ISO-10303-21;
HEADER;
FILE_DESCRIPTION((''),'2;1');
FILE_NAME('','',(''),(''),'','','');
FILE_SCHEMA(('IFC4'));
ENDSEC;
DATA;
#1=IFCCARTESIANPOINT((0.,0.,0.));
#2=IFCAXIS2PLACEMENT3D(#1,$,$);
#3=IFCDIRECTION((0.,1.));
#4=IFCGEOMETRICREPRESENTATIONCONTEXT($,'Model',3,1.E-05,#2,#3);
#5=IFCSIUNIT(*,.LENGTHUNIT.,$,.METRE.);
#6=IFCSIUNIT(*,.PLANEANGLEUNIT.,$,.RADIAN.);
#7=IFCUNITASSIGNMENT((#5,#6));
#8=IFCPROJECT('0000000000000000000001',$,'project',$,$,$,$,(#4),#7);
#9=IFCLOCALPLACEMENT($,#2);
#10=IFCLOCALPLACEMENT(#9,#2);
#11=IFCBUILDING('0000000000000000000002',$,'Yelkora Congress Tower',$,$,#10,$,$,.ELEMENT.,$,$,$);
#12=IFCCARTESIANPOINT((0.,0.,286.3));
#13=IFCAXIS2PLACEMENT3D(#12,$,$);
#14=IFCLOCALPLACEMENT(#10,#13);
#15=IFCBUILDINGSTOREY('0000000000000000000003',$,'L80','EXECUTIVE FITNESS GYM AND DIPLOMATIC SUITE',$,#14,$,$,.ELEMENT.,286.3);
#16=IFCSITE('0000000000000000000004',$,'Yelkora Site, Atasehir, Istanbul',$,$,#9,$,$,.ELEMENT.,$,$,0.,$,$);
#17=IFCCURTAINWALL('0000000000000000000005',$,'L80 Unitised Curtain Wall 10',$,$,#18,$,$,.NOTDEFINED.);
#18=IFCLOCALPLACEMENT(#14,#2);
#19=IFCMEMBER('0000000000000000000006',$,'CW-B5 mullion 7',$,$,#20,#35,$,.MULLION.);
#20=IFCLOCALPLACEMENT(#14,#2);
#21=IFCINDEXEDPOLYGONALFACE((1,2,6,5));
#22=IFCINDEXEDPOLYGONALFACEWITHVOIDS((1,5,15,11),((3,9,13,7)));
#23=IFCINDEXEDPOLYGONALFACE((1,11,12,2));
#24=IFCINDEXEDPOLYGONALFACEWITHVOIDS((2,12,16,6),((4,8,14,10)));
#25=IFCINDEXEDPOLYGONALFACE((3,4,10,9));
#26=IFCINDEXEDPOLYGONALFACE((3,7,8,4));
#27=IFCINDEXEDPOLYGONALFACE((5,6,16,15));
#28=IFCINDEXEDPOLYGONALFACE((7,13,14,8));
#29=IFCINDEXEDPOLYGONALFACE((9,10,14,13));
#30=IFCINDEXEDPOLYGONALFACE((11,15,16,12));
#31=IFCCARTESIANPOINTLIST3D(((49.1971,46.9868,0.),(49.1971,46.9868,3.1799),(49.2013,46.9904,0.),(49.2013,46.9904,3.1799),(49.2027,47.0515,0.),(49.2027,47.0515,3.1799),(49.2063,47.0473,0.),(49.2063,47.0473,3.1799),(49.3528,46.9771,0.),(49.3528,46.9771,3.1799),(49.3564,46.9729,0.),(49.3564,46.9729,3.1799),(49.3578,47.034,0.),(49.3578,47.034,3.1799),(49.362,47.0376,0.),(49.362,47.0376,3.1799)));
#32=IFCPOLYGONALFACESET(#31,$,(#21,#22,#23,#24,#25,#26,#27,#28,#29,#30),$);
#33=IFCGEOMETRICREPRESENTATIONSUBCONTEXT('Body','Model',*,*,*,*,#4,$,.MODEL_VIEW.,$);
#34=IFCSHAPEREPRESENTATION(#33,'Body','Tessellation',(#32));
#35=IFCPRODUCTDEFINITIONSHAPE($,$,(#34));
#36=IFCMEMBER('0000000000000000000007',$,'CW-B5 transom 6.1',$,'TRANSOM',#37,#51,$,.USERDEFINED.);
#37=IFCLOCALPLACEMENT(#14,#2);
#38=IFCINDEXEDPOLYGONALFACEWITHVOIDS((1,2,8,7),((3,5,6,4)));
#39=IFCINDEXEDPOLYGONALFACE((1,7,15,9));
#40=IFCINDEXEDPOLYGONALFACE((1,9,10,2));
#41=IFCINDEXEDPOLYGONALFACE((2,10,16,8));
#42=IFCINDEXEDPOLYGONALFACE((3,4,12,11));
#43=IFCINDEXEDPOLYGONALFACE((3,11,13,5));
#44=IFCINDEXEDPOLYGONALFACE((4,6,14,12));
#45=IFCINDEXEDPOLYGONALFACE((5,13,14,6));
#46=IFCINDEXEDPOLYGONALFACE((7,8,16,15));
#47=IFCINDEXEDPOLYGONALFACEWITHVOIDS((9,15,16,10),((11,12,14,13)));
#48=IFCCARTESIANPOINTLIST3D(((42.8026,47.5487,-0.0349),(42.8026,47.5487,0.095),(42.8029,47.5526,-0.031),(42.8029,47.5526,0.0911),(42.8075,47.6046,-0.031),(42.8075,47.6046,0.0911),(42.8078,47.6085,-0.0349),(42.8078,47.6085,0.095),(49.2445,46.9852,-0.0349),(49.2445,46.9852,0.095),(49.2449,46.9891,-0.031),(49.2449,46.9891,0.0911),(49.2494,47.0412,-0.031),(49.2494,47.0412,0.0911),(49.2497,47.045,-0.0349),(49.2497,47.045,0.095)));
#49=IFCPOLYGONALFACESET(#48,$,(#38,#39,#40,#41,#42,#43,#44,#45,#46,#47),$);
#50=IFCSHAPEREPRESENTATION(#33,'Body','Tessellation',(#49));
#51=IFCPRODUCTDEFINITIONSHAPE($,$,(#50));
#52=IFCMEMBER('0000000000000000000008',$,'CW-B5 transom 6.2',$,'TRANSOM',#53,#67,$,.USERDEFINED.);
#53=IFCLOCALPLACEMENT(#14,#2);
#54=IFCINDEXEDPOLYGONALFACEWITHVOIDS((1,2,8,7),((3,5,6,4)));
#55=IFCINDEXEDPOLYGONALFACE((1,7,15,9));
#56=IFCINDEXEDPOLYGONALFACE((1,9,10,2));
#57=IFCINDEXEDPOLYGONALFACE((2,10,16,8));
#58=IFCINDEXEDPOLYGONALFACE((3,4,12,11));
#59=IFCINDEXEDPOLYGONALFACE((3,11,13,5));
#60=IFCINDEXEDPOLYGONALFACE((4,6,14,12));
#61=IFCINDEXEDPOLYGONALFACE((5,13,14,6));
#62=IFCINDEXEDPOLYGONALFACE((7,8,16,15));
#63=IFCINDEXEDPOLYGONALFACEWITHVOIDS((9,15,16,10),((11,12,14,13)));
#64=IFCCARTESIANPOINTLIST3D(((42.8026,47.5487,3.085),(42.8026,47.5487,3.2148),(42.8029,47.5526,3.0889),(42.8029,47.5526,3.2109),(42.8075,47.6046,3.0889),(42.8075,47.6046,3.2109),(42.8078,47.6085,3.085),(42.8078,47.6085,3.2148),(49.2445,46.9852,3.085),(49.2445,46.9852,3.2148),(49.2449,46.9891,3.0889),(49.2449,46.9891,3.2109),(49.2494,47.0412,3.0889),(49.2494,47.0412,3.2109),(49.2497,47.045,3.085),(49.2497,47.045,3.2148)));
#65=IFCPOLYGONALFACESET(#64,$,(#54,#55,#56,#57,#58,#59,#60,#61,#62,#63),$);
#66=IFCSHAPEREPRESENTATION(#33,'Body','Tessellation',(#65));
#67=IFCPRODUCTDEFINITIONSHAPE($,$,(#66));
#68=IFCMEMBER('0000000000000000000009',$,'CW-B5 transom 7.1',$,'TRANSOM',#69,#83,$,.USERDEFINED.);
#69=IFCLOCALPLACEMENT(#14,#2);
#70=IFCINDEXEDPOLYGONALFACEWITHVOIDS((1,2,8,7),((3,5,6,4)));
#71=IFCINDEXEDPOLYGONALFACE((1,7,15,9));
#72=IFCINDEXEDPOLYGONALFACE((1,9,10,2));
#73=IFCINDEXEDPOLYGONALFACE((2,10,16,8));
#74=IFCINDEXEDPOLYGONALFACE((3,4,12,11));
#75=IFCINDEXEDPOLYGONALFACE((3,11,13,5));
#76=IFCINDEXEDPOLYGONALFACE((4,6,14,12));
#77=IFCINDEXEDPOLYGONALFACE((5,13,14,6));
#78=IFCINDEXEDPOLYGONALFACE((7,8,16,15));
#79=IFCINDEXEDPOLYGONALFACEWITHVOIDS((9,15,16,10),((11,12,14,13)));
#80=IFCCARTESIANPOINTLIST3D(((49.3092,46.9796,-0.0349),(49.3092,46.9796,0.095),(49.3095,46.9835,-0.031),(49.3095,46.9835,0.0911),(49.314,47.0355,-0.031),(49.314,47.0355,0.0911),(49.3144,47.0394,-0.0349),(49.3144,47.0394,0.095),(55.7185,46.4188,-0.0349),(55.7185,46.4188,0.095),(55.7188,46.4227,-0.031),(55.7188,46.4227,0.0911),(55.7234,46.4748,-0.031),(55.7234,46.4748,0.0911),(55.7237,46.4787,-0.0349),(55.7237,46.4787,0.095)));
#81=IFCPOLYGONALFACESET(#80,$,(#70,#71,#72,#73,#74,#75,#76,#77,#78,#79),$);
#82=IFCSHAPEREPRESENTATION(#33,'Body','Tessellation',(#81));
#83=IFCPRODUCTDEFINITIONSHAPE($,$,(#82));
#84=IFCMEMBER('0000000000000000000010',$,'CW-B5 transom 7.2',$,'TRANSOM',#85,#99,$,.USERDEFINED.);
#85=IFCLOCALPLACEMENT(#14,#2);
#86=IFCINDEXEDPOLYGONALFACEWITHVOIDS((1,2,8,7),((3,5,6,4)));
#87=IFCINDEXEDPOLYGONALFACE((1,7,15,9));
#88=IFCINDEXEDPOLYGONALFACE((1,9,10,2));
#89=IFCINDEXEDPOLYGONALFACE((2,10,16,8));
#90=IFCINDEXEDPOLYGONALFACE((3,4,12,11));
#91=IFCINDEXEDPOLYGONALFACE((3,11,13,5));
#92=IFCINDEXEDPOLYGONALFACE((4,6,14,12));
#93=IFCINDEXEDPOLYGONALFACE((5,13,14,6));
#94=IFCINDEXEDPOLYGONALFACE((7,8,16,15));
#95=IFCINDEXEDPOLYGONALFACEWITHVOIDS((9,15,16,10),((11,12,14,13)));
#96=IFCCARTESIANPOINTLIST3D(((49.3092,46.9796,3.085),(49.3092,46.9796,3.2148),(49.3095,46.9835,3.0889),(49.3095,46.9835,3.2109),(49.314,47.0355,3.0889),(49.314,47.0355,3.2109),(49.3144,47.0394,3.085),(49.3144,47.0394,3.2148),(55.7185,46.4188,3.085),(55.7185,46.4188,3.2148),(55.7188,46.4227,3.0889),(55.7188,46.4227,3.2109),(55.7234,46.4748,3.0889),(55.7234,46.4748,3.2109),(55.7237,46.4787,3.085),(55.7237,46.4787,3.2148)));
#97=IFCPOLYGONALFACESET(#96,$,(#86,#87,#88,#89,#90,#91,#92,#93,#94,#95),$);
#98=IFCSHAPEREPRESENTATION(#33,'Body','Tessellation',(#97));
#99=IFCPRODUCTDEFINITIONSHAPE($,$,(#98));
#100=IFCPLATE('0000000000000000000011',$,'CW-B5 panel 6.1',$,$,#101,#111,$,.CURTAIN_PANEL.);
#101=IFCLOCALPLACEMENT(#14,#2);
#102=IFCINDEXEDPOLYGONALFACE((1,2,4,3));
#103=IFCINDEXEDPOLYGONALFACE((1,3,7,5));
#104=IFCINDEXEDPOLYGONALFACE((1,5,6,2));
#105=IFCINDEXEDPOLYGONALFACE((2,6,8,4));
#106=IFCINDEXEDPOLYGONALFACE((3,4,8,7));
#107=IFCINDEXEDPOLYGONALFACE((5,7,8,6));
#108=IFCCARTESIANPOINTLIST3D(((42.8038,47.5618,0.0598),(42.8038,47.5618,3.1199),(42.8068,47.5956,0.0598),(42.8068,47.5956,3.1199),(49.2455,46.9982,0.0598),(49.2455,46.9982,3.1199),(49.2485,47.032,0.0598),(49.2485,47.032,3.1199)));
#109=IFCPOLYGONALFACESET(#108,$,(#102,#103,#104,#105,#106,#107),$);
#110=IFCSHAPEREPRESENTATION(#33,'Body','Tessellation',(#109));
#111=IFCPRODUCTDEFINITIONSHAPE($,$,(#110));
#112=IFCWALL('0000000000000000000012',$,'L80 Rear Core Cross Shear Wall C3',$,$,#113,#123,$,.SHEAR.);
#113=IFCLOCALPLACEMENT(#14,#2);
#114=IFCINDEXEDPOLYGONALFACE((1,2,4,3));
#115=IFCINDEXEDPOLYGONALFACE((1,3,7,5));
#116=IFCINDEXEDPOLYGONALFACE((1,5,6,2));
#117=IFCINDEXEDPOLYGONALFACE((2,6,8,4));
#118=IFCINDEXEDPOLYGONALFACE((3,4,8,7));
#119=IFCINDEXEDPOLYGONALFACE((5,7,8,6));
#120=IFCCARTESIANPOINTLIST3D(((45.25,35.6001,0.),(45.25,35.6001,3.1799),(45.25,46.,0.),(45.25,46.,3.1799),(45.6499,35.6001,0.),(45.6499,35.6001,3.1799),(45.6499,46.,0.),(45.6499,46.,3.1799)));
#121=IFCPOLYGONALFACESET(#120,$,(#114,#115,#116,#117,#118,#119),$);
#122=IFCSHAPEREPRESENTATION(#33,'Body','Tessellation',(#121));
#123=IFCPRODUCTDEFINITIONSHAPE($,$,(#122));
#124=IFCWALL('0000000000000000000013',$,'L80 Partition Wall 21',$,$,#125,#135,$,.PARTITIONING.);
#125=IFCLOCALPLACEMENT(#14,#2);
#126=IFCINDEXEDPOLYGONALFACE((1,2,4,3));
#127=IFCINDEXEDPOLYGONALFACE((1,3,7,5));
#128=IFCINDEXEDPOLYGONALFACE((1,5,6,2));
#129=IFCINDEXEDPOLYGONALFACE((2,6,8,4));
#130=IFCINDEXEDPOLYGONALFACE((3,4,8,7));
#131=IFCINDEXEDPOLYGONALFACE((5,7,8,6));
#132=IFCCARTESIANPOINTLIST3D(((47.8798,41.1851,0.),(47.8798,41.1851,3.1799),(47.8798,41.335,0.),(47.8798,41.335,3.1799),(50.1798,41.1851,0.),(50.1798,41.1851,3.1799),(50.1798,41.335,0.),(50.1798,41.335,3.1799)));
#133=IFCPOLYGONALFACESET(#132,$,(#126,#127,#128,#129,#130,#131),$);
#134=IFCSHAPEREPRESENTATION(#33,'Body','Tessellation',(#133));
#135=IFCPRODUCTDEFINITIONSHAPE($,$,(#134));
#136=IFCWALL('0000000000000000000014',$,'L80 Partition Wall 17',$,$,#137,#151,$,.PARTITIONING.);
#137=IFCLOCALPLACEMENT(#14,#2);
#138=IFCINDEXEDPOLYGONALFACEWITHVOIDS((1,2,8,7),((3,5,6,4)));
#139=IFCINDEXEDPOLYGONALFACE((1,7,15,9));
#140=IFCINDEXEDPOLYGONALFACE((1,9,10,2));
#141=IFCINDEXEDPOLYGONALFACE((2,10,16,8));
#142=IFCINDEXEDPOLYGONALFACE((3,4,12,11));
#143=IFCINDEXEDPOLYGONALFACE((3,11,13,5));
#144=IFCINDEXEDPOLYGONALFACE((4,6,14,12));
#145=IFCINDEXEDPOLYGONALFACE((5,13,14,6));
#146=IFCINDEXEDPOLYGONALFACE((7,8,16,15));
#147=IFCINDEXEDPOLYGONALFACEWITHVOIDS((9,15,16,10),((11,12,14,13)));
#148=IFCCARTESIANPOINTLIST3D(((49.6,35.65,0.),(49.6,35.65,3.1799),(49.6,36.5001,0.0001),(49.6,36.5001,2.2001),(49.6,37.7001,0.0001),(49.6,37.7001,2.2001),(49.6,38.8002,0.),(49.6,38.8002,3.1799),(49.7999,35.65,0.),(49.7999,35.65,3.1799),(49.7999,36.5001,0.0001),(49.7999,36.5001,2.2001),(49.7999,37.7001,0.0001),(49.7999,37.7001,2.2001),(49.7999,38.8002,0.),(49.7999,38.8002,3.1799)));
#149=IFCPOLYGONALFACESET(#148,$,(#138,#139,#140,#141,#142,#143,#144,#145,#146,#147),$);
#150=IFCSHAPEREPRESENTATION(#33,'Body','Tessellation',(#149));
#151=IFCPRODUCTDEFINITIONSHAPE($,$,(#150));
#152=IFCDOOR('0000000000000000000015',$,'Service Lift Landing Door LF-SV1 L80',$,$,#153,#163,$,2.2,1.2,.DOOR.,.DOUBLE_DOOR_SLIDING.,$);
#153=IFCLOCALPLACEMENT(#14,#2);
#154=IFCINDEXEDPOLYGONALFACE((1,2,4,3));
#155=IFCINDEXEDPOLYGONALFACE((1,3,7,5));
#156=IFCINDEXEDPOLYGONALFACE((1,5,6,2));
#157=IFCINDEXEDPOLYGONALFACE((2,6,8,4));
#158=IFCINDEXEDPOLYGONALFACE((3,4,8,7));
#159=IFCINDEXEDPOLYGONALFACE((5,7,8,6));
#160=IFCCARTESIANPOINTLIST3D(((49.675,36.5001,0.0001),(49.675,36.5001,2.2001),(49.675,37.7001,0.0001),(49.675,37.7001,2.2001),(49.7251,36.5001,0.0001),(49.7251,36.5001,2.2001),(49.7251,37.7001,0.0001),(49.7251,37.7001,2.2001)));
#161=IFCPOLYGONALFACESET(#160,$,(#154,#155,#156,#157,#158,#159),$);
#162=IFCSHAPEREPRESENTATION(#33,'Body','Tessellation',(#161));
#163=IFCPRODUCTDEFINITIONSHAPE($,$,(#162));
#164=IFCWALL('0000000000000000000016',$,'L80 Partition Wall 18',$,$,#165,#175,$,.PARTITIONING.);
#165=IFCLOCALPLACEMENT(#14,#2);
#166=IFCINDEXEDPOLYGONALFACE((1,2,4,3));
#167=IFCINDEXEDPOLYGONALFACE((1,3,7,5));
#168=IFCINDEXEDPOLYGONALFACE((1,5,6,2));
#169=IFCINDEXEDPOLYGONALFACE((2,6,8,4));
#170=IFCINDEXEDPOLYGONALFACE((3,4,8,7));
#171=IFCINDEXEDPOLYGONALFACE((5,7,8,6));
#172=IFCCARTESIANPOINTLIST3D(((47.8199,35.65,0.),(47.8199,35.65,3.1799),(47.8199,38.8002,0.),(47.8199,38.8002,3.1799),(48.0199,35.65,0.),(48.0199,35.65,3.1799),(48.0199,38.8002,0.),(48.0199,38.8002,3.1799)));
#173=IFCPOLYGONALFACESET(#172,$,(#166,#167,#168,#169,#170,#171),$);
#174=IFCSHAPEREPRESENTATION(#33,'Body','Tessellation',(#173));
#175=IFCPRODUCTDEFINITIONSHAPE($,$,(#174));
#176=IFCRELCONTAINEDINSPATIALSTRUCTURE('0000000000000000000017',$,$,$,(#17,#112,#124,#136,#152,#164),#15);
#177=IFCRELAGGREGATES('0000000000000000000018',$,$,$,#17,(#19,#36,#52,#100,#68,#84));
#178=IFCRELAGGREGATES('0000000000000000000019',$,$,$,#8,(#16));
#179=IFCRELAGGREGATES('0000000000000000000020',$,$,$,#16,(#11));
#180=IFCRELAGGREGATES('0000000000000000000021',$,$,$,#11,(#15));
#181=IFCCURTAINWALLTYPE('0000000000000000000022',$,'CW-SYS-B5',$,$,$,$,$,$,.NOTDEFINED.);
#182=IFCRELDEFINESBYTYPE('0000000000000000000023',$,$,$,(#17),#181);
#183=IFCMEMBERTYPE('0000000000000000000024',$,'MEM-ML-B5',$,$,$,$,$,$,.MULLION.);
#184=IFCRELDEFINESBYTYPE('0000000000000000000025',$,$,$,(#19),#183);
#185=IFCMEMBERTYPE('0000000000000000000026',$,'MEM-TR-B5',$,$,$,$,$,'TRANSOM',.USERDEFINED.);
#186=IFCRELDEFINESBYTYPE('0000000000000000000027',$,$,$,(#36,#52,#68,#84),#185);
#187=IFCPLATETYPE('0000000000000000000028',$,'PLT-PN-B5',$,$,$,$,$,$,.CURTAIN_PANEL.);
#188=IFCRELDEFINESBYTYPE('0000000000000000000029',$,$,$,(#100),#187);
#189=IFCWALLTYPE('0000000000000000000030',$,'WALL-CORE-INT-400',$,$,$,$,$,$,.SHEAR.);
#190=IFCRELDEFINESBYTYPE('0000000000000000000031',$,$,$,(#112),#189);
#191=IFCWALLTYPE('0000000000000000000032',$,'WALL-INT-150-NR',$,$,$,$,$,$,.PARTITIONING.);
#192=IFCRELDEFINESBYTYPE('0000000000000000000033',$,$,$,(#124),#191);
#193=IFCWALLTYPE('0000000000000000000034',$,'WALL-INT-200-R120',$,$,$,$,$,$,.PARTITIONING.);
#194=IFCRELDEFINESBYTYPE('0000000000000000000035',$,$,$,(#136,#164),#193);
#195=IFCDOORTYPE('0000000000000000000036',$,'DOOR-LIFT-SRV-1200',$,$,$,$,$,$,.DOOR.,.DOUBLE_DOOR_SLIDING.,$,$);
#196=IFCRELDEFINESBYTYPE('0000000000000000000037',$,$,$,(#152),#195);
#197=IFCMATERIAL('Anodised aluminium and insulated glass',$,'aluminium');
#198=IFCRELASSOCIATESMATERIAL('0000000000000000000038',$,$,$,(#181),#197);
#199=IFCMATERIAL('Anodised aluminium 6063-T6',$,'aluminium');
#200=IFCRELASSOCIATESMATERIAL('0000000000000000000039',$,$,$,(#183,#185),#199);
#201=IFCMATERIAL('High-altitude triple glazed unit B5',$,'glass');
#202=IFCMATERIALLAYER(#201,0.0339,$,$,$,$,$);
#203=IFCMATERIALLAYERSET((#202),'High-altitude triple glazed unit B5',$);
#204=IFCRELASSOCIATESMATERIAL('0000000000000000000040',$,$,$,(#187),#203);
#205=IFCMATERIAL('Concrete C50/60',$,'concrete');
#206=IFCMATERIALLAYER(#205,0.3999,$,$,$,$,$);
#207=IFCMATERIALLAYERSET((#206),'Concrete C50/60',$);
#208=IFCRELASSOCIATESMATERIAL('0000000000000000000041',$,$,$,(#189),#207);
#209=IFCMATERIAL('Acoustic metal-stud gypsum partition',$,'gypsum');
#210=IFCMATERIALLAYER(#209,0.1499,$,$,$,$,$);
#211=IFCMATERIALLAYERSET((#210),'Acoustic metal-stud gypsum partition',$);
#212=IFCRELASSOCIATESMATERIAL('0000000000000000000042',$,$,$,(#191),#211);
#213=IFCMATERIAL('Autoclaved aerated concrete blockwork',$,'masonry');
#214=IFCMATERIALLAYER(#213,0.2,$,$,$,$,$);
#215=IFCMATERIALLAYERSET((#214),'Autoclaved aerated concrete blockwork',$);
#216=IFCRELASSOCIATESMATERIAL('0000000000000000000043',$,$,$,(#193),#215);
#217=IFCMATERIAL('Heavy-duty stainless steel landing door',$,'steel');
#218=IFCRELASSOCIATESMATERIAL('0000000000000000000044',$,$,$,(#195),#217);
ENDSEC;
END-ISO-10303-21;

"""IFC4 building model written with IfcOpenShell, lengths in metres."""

from ifc_helpers import new_model, si_unit, direction, frame, frame_2d, origin, origin_2d, place, context, subcontext, project, spatial, rectangle, hollow_rectangle, extrude, material, layer, layer_set, material_profile, profile_set, type_object, element, fill, aggregate, save


model = new_model("IFC4")

# Units and contexts
model_context = context("Model", 3, precision=1e-05, world=origin(), true_north=direction((0.0, 1.0)))
body_context = subcontext(model_context, "Body", "Model", "MODEL_VIEW")
ifc_project = project(units=[si_unit("LENGTHUNIT", "METRE"), si_unit("PLANEANGLEUNIT", "RADIAN")], contexts=[model_context])

# Site, building, storey
site_placement = place(None, origin())
site = spatial("IfcSite", under=ifc_project, at=site_placement, Name="Yelkora Site, Atasehir, Istanbul", CompositionType="ELEMENT", RefElevation=0.0)
building_placement = place(site_placement, origin())
building = spatial("IfcBuilding", under=site, at=building_placement, Name="Yelkora Congress Tower", CompositionType="ELEMENT")
storey_placement = place(building_placement, frame((0.0, 0.0, 286.3)))
storey = spatial("IfcBuildingStorey", under=building, at=storey_placement, Name="L80", Description="EXECUTIVE FITNESS GYM AND DIPLOMATIC SUITE", CompositionType="ELEMENT", Elevation=286.3)

# Curtain wall, members, plate
ifc_material_1 = material(Name="Anodised aluminium and insulated glass", Category="aluminium")
curtain_wall_type = type_object("IfcCurtainWallType", Name="CW-SYS-B5", PredefinedType="NOTDEFINED", material=ifc_material_1)
curtain_wall_placement = place(storey_placement, origin())
curtain_wall = element("IfcCurtainWall", 1, at=curtain_wall_placement, inside=storey, type_object=curtain_wall_type, Name="L80 Unitised Curtain Wall 10", PredefinedType="NOTDEFINED")
ifc_material_2 = material(Name="Anodised aluminium 6063-T6", Category="aluminium")
ifc_material_profile_1 = material_profile(ifc_material_2, hollow_rectangle(XDim=0.0649, YDim=0.1599, WallThickness=0.0039, at=origin_2d()), Name="ALU 65x160x4")
ifc_profile_set_1 = profile_set([ifc_material_profile_1], Name="Anodised aluminium 6063-T6")
member_type_1 = type_object("IfcMemberType", Name="MEM-ML-B5", PredefinedType="MULLION", material=ifc_profile_set_1)
member_1_placement = place(storey_placement, frame((49.2795, 47.0122, 0.0), z_axis=(0.0, 0.0, 1.0), x_axis=(0.087157, 0.996195, 0.0)))
member_1 = element("IfcMember", 2, at=member_1_placement, type_object=member_type_1, Name="CW-B5 mullion 7", PredefinedType="MULLION", context=body_context, shape_type="SweptSolid", body=[
    extrude(hollow_rectangle(XDim=0.0649, YDim=0.1599, WallThickness=0.0039, at=origin_2d()), origin(), (0.0, 0.0, 1.0), 3.1799),
])
ifc_material_profile_2 = material_profile(ifc_material_2, hollow_rectangle(XDim=0.0601, YDim=0.1299, WallThickness=0.0039, at=origin_2d()), Name="ALU 60x130x4")
ifc_profile_set_2 = profile_set([ifc_material_profile_2], Name="Anodised aluminium 6063-T6")
member_type_2 = type_object("IfcMemberType", Name="MEM-TR-B5", ElementType="TRANSOM", PredefinedType="USERDEFINED", material=ifc_profile_set_2)
member_2_placement = place(storey_placement, frame((42.8052, 47.5786, 0.03), z_axis=(0.996196, -0.087138, 0.0), x_axis=(0.087138, 0.996196, 0.0)))
member_2 = element("IfcMember", 3, at=member_2_placement, type_object=member_type_2, Name="CW-B5 transom 6.1", ObjectType="TRANSOM", PredefinedType="USERDEFINED", context=body_context, shape_type="SweptSolid", body=[
    extrude(hollow_rectangle(XDim=0.0601, YDim=0.1299, WallThickness=0.0039, at=origin_2d()), origin(), (0.0, 0.0, 1.0), 6.4666),
])
member_3_placement = place(storey_placement, frame((42.8052, 47.5786, 3.1499), z_axis=(0.996196, -0.087138, 0.0), x_axis=(0.087138, 0.996196, 0.0)))
member_3 = element("IfcMember", 4, at=member_3_placement, type_object=member_type_2, Name="CW-B5 transom 6.2", ObjectType="TRANSOM", PredefinedType="USERDEFINED", context=body_context, shape_type="SweptSolid", body=[
    extrude(hollow_rectangle(XDim=0.0601, YDim=0.1299, WallThickness=0.0039, at=origin_2d()), origin(), (0.0, 0.0, 1.0), 6.4666),
])
member_4_placement = place(storey_placement, frame((49.3118, 47.0095, 0.03), z_axis=(0.996194, -0.087162, 0.0), x_axis=(0.087162, 0.996194, 0.0)))
member_4 = element("IfcMember", 5, at=member_4_placement, type_object=member_type_2, Name="CW-B5 transom 7.1", ObjectType="TRANSOM", PredefinedType="USERDEFINED", context=body_context, shape_type="SweptSolid", body=[
    extrude(hollow_rectangle(XDim=0.0601, YDim=0.1299, WallThickness=0.0039, at=origin_2d()), origin(), (0.0, 0.0, 1.0), 6.4338),
])
member_5_placement = place(storey_placement, frame((49.3118, 47.0095, 3.1499), z_axis=(0.996194, -0.087162, 0.0), x_axis=(0.087162, 0.996194, 0.0)))
member_5 = element("IfcMember", 6, at=member_5_placement, type_object=member_type_2, Name="CW-B5 transom 7.2", ObjectType="TRANSOM", PredefinedType="USERDEFINED", context=body_context, shape_type="SweptSolid", body=[
    extrude(hollow_rectangle(XDim=0.0601, YDim=0.1299, WallThickness=0.0039, at=origin_2d()), origin(), (0.0, 0.0, 1.0), 6.4338),
])
ifc_material_3 = material(Name="High-altitude triple glazed unit B5", Category="glass")
ifc_layer_1 = layer(ifc_material_3, 0.0339)
ifc_layer_set_1 = layer_set([ifc_layer_1], Name="High-altitude triple glazed unit B5")
plate_type = type_object("IfcPlateType", Name="PLT-PN-B5", PredefinedType="CURTAIN_PANEL", material=ifc_layer_set_1)
plate_placement = place(storey_placement, frame((46.0261, 47.2969, 0.0598), z_axis=(0.0, 0.0, 1.0), x_axis=(0.996195, -0.087157, 0.0)))
plate = element("IfcPlate", 7, at=plate_placement, type_object=plate_type, Name="CW-B5 panel 6.1", PredefinedType="CURTAIN_PANEL", context=body_context, shape_type="SweptSolid", body=[
    extrude(rectangle(XDim=6.4663, YDim=0.0339, at=origin_2d()), origin(), (0.0, 0.0, 1.0), 3.0601),
])
aggregate(curtain_wall, [member_1, member_2, member_3, plate, member_4, member_5])

# Wall
ifc_material_4 = material(Name="Concrete C50/60", Category="concrete")
ifc_layer_2 = layer(ifc_material_4, 0.3999)
ifc_layer_set_2 = layer_set([ifc_layer_2], Name="Concrete C50/60")
wall_type_1 = type_object("IfcWallType", Name="WALL-CORE-INT-400", PredefinedType="SHEAR", material=ifc_layer_set_2)
wall_1_placement = place(storey_placement, frame((45.45, 35.6001, 0.0), z_axis=(0.0, 0.0, 1.0), x_axis=(0.0, 1.0, 0.0)))
element("IfcWall", 8, at=wall_1_placement, inside=storey, type_object=wall_type_1, Name="L80 Rear Core Cross Shear Wall C3", PredefinedType="SHEAR", context=body_context, shape_type="SweptSolid", body=[
    extrude(rectangle(XDim=10.3999, YDim=0.3999, at=frame_2d((5.2, 0.0))), origin(), (0.0, 0.0, 1.0), 3.1799),
])

# Shared definitions
ifc_material_5 = material(Name="Acoustic metal-stud gypsum partition", Category="gypsum")
ifc_layer_3 = layer(ifc_material_5, 0.1499)
ifc_layer_set_3 = layer_set([ifc_layer_3], Name="Acoustic metal-stud gypsum partition")
wall_type_2 = type_object("IfcWallType", Name="WALL-INT-150-NR", PredefinedType="PARTITIONING", material=ifc_layer_set_3)

# Wall
wall_2_placement = place(storey_placement, frame((47.8799, 41.26, 0.0), z_axis=(0.0, 0.0, 1.0), x_axis=(1.0, 0.0, 0.0)))
element("IfcWall", 9, at=wall_2_placement, inside=storey, type_object=wall_type_2, Name="L80 Partition Wall 21", PredefinedType="PARTITIONING", context=body_context, shape_type="SweptSolid", body=[
    extrude(rectangle(XDim=2.3, YDim=0.1499, at=frame_2d((1.1499, 0.0))), origin(), (0.0, 0.0, 1.0), 3.1799),
])

# Wall, opening, door
ifc_material_6 = material(Name="Autoclaved aerated concrete blockwork", Category="masonry")
ifc_layer_4 = layer(ifc_material_6, 0.2)
ifc_layer_set_4 = layer_set([ifc_layer_4], Name="Autoclaved aerated concrete blockwork")
wall_type_3 = type_object("IfcWallType", Name="WALL-INT-200-R120", PredefinedType="PARTITIONING", material=ifc_layer_set_4)
wall_3_placement = place(storey_placement, frame((49.7, 35.6499, 0.0), z_axis=(0.0, 0.0, 1.0), x_axis=(0.0, 1.0, 0.0)))
wall_3 = element("IfcWall", 10, at=wall_3_placement, inside=storey, type_object=wall_type_3, Name="L80 Partition Wall 17", PredefinedType="PARTITIONING", context=body_context, shape_type="SweptSolid", body=[
    extrude(rectangle(XDim=3.1501, YDim=0.2, at=frame_2d((1.5752, 0.0))), origin(), (0.0, 0.0, 1.0), 3.1799),
])
opening_1_placement = place(wall_3_placement, frame((0.8501, 0.0, 0.0)))
opening_1 = element("IfcOpeningElement", 11, at=opening_1_placement, cuts=wall_3, PredefinedType="OPENING", context=body_context, shape_type="SweptSolid", body=[
    extrude(rectangle(XDim=1.2, YDim=2.2, at=frame_2d((0.6001, 1.1001))), frame((0.0, 0.1099, 0.0), z_axis=(0.0, -1.0, 0.0), x_axis=(1.0, 0.0, 0.0)), (0.0, 0.0, 1.0), 0.22),
])
ifc_material_7 = material(Name="Heavy-duty stainless steel landing door", Category="steel")
door_type_1 = type_object("IfcDoorType", Name="DOOR-LIFT-SRV-1200", OperationType="DOUBLE_DOOR_SLIDING", PredefinedType="DOOR", material=ifc_material_7)
door_1_placement = place(opening_1_placement, origin())
door_1 = element("IfcDoor", 12, at=door_1_placement, inside=storey, type_object=door_type_1, Name="Service Lift Landing Door LF-SV1 L80", OperationType="DOUBLE_DOOR_SLIDING", OverallHeight=2.2, OverallWidth=1.2, PredefinedType="DOOR", context=body_context, shape_type="SweptSolid", body=[
    extrude(rectangle(XDim=1.2, YDim=2.2, at=frame_2d((0.6001, 1.1001))), frame((0.0, 0.0249, 0.0), z_axis=(0.0, -1.0, 0.0), x_axis=(1.0, 0.0, 0.0)), (0.0, 0.0, 1.0), 0.05),
])
fill(opening_1, door_1)

# Wall
wall_4_placement = place(storey_placement, frame((47.9199, 35.6499, 0.0), z_axis=(0.0, 0.0, 1.0), x_axis=(0.0, 1.0, 0.0)))
element("IfcWall", 13, at=wall_4_placement, inside=storey, type_object=wall_type_3, Name="L80 Partition Wall 18", PredefinedType="PARTITIONING", context=body_context, shape_type="SweptSolid", body=[
    extrude(rectangle(XDim=3.1501, YDim=0.2, at=frame_2d((1.5752, 0.0))), origin(), (0.0, 0.0, 1.0), 3.1799),
])

save(model, "model.ifc")
